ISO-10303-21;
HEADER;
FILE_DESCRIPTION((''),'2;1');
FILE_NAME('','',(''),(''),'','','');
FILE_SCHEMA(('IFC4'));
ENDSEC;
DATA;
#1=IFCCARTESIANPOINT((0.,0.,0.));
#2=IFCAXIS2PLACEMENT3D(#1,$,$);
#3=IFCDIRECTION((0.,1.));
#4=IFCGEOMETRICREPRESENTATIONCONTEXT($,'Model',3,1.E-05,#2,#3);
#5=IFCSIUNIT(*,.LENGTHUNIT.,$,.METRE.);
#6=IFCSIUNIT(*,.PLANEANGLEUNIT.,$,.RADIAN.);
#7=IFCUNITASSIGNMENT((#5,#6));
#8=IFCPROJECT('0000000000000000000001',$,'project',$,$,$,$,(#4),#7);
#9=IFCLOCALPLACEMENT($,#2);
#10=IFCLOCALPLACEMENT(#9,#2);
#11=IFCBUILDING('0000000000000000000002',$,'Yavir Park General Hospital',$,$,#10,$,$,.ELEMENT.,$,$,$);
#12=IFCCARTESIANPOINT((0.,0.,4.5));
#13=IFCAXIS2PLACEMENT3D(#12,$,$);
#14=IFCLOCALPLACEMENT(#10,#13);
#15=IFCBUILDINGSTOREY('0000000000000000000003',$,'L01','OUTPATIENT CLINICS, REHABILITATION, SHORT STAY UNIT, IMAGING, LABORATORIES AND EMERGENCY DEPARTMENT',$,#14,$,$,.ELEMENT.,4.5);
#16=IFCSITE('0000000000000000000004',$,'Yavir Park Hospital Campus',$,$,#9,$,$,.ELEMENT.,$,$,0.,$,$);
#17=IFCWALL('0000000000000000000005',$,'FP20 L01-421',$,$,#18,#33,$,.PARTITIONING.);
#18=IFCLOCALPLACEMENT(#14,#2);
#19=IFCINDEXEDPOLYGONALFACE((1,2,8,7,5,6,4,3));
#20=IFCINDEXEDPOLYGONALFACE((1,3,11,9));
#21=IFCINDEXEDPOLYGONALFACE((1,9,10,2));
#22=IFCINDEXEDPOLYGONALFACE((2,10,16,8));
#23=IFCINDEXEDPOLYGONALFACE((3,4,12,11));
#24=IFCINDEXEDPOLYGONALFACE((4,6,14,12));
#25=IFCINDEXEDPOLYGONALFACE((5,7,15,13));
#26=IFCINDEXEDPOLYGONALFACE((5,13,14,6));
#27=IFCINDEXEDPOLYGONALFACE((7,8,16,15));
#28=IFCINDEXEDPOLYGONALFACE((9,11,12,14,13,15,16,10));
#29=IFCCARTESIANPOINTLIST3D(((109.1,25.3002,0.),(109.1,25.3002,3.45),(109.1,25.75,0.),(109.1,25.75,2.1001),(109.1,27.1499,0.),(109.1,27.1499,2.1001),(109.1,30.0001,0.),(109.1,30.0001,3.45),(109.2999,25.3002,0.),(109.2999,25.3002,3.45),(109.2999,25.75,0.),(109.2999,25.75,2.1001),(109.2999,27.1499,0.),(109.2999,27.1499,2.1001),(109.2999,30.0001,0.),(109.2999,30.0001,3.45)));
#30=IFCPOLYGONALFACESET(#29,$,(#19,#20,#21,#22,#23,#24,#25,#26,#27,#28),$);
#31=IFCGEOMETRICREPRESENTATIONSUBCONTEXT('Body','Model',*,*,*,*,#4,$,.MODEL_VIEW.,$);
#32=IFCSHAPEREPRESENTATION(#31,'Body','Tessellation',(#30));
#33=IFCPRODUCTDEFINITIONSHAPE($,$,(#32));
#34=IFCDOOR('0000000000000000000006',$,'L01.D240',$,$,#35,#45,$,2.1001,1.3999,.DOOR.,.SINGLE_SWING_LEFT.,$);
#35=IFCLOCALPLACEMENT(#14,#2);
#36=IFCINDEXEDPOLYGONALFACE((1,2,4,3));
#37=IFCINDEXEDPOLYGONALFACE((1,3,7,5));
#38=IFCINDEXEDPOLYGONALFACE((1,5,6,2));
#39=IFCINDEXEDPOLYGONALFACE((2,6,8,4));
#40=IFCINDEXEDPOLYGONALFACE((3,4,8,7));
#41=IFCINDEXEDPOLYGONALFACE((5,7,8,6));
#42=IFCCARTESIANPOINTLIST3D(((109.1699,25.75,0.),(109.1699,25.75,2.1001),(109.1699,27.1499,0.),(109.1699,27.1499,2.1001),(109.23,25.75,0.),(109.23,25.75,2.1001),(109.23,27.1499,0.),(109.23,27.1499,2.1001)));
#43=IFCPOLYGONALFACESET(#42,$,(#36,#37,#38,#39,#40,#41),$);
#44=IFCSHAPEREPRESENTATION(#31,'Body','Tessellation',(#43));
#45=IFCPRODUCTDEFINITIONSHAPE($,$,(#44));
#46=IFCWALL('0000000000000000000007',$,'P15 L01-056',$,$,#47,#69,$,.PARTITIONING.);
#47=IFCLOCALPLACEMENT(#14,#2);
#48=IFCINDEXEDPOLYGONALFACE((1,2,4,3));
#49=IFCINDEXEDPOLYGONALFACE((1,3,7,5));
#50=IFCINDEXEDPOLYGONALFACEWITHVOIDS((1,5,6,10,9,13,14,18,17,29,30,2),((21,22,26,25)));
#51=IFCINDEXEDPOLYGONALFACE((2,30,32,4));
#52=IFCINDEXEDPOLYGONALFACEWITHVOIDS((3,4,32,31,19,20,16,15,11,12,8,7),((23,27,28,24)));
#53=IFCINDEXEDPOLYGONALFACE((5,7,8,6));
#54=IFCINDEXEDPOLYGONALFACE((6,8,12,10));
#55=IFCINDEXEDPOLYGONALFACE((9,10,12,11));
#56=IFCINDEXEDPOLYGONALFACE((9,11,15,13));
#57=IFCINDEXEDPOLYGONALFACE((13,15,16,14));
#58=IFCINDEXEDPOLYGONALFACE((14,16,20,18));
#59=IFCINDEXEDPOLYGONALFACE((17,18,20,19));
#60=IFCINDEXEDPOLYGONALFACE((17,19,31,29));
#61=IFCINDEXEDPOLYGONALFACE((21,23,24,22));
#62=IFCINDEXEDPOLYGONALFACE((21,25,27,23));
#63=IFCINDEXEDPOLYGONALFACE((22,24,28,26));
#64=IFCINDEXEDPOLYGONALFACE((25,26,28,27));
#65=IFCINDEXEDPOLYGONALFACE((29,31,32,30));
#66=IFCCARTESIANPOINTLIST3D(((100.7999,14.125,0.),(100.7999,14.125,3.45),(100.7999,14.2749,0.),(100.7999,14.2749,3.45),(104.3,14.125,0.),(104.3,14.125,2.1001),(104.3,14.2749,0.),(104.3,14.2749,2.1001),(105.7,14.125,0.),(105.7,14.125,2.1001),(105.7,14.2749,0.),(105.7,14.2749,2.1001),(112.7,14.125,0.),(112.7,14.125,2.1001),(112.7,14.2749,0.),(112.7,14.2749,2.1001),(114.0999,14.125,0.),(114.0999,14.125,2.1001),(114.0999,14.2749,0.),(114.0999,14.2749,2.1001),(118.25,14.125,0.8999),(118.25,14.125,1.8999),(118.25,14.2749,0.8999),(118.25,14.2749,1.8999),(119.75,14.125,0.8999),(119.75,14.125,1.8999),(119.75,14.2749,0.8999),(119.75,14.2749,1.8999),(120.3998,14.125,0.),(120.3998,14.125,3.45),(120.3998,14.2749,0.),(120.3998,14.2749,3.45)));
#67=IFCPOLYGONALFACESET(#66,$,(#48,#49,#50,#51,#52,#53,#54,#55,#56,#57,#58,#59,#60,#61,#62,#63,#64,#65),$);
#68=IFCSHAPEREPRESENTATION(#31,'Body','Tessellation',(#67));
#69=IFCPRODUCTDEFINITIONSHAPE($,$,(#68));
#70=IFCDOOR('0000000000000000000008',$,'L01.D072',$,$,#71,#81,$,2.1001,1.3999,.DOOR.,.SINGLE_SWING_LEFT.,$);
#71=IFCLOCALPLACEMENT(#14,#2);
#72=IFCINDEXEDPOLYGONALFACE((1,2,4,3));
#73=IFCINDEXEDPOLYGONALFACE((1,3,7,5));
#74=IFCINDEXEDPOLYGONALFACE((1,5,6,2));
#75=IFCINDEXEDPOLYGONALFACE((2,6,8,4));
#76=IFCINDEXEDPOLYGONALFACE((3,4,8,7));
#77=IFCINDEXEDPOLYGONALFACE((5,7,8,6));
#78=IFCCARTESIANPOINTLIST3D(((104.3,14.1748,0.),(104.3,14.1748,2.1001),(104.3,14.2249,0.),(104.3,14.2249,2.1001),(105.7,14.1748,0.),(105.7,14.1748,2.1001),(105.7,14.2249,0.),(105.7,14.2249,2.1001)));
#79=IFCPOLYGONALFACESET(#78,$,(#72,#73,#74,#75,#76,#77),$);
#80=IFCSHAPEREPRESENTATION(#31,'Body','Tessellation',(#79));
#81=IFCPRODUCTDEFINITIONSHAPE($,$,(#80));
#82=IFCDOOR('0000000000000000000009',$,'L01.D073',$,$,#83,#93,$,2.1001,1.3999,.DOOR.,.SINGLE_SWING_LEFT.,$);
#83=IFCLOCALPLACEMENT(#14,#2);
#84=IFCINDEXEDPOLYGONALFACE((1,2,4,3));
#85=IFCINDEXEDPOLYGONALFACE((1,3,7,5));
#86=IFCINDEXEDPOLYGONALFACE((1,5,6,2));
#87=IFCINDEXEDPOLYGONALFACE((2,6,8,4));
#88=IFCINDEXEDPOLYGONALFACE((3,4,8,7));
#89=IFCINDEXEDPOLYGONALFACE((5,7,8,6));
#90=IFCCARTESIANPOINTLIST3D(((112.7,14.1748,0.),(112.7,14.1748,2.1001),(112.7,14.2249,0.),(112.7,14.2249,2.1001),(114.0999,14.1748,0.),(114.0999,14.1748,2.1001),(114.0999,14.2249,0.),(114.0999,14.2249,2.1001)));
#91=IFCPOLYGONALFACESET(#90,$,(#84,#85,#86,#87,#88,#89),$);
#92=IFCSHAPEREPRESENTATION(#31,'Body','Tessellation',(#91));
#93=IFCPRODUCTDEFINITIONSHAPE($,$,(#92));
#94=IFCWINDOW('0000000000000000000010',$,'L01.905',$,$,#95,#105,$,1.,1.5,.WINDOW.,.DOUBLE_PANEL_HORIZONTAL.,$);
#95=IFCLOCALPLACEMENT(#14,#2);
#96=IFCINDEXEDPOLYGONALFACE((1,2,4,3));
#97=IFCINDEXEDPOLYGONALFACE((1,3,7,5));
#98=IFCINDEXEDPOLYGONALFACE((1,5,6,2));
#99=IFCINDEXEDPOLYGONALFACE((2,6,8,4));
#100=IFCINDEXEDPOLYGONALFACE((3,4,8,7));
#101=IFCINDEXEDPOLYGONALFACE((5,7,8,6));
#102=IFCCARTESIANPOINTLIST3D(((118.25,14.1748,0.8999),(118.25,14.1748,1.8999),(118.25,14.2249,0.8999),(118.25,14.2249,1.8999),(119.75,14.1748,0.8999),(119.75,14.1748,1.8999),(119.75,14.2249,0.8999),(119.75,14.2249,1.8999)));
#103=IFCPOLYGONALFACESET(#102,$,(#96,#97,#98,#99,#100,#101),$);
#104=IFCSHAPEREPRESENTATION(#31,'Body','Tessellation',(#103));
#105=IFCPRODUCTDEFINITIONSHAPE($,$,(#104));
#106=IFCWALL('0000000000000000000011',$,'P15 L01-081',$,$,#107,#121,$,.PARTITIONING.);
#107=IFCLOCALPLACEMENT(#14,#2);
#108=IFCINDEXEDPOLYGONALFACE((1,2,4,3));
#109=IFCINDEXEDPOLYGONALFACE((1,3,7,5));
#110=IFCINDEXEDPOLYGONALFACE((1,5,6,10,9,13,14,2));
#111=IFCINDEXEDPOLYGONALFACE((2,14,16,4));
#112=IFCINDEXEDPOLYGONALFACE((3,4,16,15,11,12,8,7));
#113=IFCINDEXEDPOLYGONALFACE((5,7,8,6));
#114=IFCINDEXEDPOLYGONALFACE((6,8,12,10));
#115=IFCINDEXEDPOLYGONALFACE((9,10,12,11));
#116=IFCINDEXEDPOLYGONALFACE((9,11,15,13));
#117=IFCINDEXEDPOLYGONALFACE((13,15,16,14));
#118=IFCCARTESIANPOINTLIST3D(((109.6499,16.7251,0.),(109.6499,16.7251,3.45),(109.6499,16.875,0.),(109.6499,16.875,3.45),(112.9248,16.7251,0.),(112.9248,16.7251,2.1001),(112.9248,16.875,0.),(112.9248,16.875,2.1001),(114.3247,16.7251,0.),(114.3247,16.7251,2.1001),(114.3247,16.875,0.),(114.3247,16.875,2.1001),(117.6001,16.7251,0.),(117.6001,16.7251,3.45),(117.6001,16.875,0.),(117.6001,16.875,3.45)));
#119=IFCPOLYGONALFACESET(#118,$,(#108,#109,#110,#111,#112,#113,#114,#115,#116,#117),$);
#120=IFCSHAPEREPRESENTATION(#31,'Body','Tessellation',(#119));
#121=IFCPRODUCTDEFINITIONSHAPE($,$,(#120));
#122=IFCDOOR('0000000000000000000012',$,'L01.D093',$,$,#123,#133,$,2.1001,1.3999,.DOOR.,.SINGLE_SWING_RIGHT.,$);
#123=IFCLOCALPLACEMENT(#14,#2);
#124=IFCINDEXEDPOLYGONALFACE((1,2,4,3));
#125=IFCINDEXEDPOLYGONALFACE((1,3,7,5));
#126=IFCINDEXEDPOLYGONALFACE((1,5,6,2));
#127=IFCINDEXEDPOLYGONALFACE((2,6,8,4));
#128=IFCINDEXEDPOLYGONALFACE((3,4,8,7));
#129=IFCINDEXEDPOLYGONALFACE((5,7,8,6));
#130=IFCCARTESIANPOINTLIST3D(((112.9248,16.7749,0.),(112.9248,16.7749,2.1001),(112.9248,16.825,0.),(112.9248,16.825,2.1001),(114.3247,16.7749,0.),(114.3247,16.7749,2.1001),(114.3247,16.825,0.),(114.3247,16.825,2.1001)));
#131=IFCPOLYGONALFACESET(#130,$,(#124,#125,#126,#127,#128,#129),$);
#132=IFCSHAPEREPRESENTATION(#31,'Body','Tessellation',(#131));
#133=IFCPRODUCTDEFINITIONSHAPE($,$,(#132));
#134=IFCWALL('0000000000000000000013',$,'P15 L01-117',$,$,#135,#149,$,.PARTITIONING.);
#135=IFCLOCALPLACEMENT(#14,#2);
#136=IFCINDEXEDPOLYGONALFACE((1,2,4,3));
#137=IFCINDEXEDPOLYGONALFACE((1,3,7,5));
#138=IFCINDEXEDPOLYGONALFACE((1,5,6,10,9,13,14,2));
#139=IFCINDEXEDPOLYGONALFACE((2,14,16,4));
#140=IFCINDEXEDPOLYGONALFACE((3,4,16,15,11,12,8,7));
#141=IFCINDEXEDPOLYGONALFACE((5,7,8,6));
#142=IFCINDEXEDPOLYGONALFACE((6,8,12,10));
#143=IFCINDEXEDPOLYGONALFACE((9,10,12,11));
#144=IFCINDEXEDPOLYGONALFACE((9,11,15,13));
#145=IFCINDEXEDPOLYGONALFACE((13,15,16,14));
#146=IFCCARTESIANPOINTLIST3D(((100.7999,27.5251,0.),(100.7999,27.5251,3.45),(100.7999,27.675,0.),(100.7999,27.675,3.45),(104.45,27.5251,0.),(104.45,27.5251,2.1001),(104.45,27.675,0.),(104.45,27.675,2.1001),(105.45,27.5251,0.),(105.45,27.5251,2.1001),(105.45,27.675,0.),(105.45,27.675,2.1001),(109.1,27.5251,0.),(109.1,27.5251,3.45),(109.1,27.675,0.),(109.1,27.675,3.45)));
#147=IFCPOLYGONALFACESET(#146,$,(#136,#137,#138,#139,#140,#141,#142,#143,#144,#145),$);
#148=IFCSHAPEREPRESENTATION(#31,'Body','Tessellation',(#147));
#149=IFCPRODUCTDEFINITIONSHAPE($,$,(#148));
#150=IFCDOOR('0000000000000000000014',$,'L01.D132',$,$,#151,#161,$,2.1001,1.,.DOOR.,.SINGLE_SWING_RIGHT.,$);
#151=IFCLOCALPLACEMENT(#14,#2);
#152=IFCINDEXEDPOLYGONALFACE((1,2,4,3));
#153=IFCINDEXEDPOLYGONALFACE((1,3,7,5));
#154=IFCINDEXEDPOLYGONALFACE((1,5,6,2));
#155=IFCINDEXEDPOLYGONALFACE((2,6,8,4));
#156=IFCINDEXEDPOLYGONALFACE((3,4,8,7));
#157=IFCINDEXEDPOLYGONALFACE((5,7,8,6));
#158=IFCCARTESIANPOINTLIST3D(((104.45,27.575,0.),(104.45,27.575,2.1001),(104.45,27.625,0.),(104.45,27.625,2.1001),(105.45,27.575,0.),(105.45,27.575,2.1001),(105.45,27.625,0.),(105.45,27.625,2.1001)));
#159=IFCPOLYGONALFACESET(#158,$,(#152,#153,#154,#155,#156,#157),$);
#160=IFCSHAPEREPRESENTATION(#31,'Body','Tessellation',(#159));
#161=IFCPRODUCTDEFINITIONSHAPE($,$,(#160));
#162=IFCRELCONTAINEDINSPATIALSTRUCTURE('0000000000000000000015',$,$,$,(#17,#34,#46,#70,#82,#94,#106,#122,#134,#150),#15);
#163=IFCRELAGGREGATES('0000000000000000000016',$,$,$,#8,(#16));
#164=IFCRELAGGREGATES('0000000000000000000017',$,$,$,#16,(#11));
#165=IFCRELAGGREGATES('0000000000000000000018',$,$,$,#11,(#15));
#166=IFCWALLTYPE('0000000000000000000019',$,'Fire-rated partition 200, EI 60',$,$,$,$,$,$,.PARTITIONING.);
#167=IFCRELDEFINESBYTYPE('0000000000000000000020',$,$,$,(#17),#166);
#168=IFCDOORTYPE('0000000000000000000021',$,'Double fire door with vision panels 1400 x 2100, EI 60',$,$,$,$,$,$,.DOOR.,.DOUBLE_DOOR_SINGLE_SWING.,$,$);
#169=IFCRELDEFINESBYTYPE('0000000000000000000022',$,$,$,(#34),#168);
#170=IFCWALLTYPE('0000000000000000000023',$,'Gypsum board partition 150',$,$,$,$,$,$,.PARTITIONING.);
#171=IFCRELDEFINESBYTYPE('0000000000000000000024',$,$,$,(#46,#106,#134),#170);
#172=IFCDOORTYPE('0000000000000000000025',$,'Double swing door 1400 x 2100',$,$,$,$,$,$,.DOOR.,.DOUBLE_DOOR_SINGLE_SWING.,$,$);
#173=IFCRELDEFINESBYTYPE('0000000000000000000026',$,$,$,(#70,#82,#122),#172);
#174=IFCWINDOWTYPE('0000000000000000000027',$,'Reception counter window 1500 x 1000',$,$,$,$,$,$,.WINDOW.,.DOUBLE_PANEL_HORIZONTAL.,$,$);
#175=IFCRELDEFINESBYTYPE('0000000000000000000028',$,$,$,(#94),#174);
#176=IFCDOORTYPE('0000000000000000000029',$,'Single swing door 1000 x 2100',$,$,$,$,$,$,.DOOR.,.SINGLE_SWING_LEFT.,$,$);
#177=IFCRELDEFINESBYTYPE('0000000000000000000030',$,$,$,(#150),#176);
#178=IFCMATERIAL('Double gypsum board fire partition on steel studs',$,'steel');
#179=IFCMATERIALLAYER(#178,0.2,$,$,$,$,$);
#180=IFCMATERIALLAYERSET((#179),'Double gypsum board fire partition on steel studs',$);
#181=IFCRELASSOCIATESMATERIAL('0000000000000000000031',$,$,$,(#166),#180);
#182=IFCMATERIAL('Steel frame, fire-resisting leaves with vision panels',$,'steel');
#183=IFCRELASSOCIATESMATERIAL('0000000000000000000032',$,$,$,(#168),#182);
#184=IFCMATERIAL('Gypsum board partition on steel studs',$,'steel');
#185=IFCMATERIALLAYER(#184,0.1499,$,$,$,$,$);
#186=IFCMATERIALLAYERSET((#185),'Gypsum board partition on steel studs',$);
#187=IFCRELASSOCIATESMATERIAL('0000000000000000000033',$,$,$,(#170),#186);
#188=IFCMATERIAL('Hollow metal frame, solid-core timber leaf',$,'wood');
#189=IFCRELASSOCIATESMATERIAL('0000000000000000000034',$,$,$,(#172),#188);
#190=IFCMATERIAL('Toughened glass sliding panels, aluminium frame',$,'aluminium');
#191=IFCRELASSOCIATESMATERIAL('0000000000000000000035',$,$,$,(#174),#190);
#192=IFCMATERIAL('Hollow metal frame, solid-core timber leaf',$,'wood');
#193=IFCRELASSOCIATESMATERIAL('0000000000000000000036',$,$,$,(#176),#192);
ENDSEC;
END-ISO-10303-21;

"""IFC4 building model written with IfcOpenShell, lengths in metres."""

from ifc_helpers import new_model, si_unit, direction, frame, frame_2d, origin, place, context, subcontext, project, spatial, rectangle, extrude, material, layer, layer_set, type_object, element, fill, save


model = new_model("IFC4")

# Units and contexts
model_context = context("Model", 3, precision=1e-05, world=origin(), true_north=direction((0.0, 1.0)))
body_context = subcontext(model_context, "Body", "Model", "MODEL_VIEW")
ifc_project = project(units=[si_unit("LENGTHUNIT", "METRE"), si_unit("PLANEANGLEUNIT", "RADIAN")], contexts=[model_context])

# Site, building, storey
site_placement = place(None, origin())
site = spatial("IfcSite", under=ifc_project, at=site_placement, Name="Yavir Park Hospital Campus", CompositionType="ELEMENT", RefElevation=0.0)
building_placement = place(site_placement, origin())
building = spatial("IfcBuilding", under=site, at=building_placement, Name="Yavir Park General Hospital", CompositionType="ELEMENT")
storey_placement = place(building_placement, frame((0.0, 0.0, 4.5)))
storey = spatial("IfcBuildingStorey", under=building, at=storey_placement, Name="L01", Description="OUTPATIENT CLINICS, REHABILITATION, SHORT STAY UNIT, IMAGING, LABORATORIES AND EMERGENCY DEPARTMENT", CompositionType="ELEMENT", Elevation=4.5)

# Wall, opening, door
ifc_material_1 = material(Name="Double gypsum board fire partition on steel studs", Category="steel")
ifc_layer_1 = layer(ifc_material_1, 0.2)
ifc_layer_set_1 = layer_set([ifc_layer_1], Name="Double gypsum board fire partition on steel studs")
wall_type_1 = type_object("IfcWallType", Name="Fire-rated partition 200, EI 60", PredefinedType="PARTITIONING", material=ifc_layer_set_1)
wall_1_placement = place(storey_placement, frame((109.2, 25.3, 0.0), z_axis=(0.0, 0.0, 1.0), x_axis=(0.0, 1.0, 0.0)))
wall_1 = element("IfcWall", 1, at=wall_1_placement, inside=storey, type_object=wall_type_1, Name="FP20 L01-421", PredefinedType="PARTITIONING", context=body_context, shape_type="SweptSolid", body=[
    extrude(rectangle(XDim=4.7, YDim=0.2, at=frame_2d((2.3501, 0.0))), origin(), (0.0, 0.0, 1.0), 3.45),
])
opening_1_placement = place(wall_1_placement, frame((0.45, 0.0, 0.0)))
opening_1 = element("IfcOpeningElement", 2, at=opening_1_placement, cuts=wall_1, PredefinedType="OPENING", context=body_context, shape_type="SweptSolid", body=[
    extrude(rectangle(XDim=1.3999, YDim=2.1001, at=frame_2d((0.7, 1.05))), frame((0.0, 0.1099, 0.0), z_axis=(0.0, -1.0, 0.0), x_axis=(1.0, 0.0, 0.0)), (0.0, 0.0, 1.0), 0.22),
])
ifc_material_2 = material(Name="Steel frame, fire-resisting leaves with vision panels", Category="steel")
door_type_1 = type_object("IfcDoorType", Name="Double fire door with vision panels 1400 x 2100, EI 60", OperationType="DOUBLE_DOOR_SINGLE_SWING", PredefinedType="DOOR", material=ifc_material_2)
door_1_placement = place(opening_1_placement, origin())
door_1 = element("IfcDoor", 3, at=door_1_placement, inside=storey, type_object=door_type_1, Name="L01.D240", OperationType="SINGLE_SWING_LEFT", OverallHeight=2.1001, OverallWidth=1.3999, PredefinedType="DOOR", context=body_context, shape_type="SweptSolid", body=[
    extrude(rectangle(XDim=1.3999, YDim=2.1001, at=frame_2d((0.7, 1.05))), frame((0.0, 0.03, 0.0), z_axis=(0.0, -1.0, 0.0), x_axis=(1.0, 0.0, 0.0)), (0.0, 0.0, 1.0), 0.0601),
])
fill(opening_1, door_1)

# Wall, openings, doors, window
ifc_material_3 = material(Name="Gypsum board partition on steel studs", Category="steel")
ifc_layer_2 = layer(ifc_material_3, 0.1499)
ifc_layer_set_2 = layer_set([ifc_layer_2], Name="Gypsum board partition on steel studs")
wall_type_2 = type_object("IfcWallType", Name="Gypsum board partition 150", PredefinedType="PARTITIONING", material=ifc_layer_set_2)
wall_2_placement = place(storey_placement, frame((100.8, 14.2, 0.0), z_axis=(0.0, 0.0, 1.0), x_axis=(1.0, 0.0, 0.0)))
wall_2 = element("IfcWall", 4, at=wall_2_placement, inside=storey, type_object=wall_type_2, Name="P15 L01-056", PredefinedType="PARTITIONING", context=body_context, shape_type="SweptSolid", body=[
    extrude(rectangle(XDim=19.5999, YDim=0.1499, at=frame_2d((9.7998, 0.0))), origin(), (0.0, 0.0, 1.0), 3.45),
])
opening_2_placement = place(wall_2_placement, frame((3.5, 0.0, 0.0)))
opening_2 = element("IfcOpeningElement", 5, at=opening_2_placement, cuts=wall_2, PredefinedType="OPENING", context=body_context, shape_type="SweptSolid", body=[
    extrude(rectangle(XDim=1.3999, YDim=2.1001, at=frame_2d((0.7, 1.05))), frame((0.0, 0.085, 0.0), z_axis=(0.0, -1.0, 0.0), x_axis=(1.0, 0.0, 0.0)), (0.0, 0.0, 1.0), 0.1699),
])
opening_3_placement = place(wall_2_placement, frame((11.8999, 0.0, 0.0)))
opening_3 = element("IfcOpeningElement", 6, at=opening_3_placement, cuts=wall_2, PredefinedType="OPENING", context=body_context, shape_type="SweptSolid", body=[
    extrude(rectangle(XDim=1.3999, YDim=2.1001, at=frame_2d((0.7, 1.05))), frame((0.0, 0.085, 0.0), z_axis=(0.0, -1.0, 0.0), x_axis=(1.0, 0.0, 0.0)), (0.0, 0.0, 1.0), 0.1699),
])
opening_4_placement = place(wall_2_placement, frame((17.45, 0.0, 0.8999)))
opening_4 = element("IfcOpeningElement", 7, at=opening_4_placement, cuts=wall_2, PredefinedType="OPENING", context=body_context, shape_type="SweptSolid", body=[
    extrude(rectangle(XDim=1.5, YDim=1.0, at=frame_2d((0.75, 0.5))), frame((0.0, 0.085, 0.0), z_axis=(0.0, -1.0, 0.0), x_axis=(1.0, 0.0, 0.0)), (0.0, 0.0, 1.0), 0.1699),
])
ifc_material_4 = material(Name="Hollow metal frame, solid-core timber leaf", Category="wood")
door_type_2 = type_object("IfcDoorType", Name="Double swing door 1400 x 2100", OperationType="DOUBLE_DOOR_SINGLE_SWING", PredefinedType="DOOR", material=ifc_material_4)
door_2_placement = place(opening_2_placement, origin())
door_2 = element("IfcDoor", 8, at=door_2_placement, inside=storey, type_object=door_type_2, Name="L01.D072", OperationType="SINGLE_SWING_LEFT", OverallHeight=2.1001, OverallWidth=1.3999, PredefinedType="DOOR", context=body_context, shape_type="SweptSolid", body=[
    extrude(rectangle(XDim=1.3999, YDim=2.1001, at=frame_2d((0.7, 1.05))), frame((0.0, 0.0249, 0.0), z_axis=(0.0, -1.0, 0.0), x_axis=(1.0, 0.0, 0.0)), (0.0, 0.0, 1.0), 0.05),
])
fill(opening_2, door_2)
door_3_placement = place(opening_3_placement, origin())
door_3 = element("IfcDoor", 9, at=door_3_placement, inside=storey, type_object=door_type_2, Name="L01.D073", OperationType="SINGLE_SWING_LEFT", OverallHeight=2.1001, OverallWidth=1.3999, PredefinedType="DOOR", context=body_context, shape_type="SweptSolid", body=[
    extrude(rectangle(XDim=1.3999, YDim=2.1001, at=frame_2d((0.7, 1.05))), frame((0.0, 0.0249, 0.0), z_axis=(0.0, -1.0, 0.0), x_axis=(1.0, 0.0, 0.0)), (0.0, 0.0, 1.0), 0.05),
])
fill(opening_3, door_3)
ifc_material_5 = material(Name="Toughened glass sliding panels, aluminium frame", Category="aluminium")
window_type = type_object("IfcWindowType", Name="Reception counter window 1500 x 1000", PartitioningType="DOUBLE_PANEL_HORIZONTAL", PredefinedType="WINDOW", material=ifc_material_5)
window_placement = place(opening_4_placement, origin())
window = element("IfcWindow", 10, at=window_placement, inside=storey, type_object=window_type, Name="L01.905", OverallHeight=1.0, OverallWidth=1.5, PartitioningType="DOUBLE_PANEL_HORIZONTAL", PredefinedType="WINDOW", context=body_context, shape_type="SweptSolid", body=[
    extrude(rectangle(XDim=1.5, YDim=1.0, at=frame_2d((0.75, 0.5))), frame((0.0, 0.0249, 0.0), z_axis=(0.0, -1.0, 0.0), x_axis=(1.0, 0.0, 0.0)), (0.0, 0.0, 1.0), 0.05),
])
fill(opening_4, window)

# Walls, openings, doors
wall_3_placement = place(storey_placement, frame((109.6499, 16.8, 0.0), z_axis=(0.0, 0.0, 1.0), x_axis=(1.0, 0.0, 0.0)))
wall_3 = element("IfcWall", 11, at=wall_3_placement, inside=storey, type_object=wall_type_2, Name="P15 L01-081", PredefinedType="PARTITIONING", context=body_context, shape_type="SweptSolid", body=[
    extrude(rectangle(XDim=7.9502, YDim=0.1499, at=frame_2d((3.9751, 0.0))), origin(), (0.0, 0.0, 1.0), 3.45),
])
opening_5_placement = place(wall_3_placement, frame((3.2749, 0.0, 0.0)))
opening_5 = element("IfcOpeningElement", 12, at=opening_5_placement, cuts=wall_3, PredefinedType="OPENING", context=body_context, shape_type="SweptSolid", body=[
    extrude(rectangle(XDim=1.3999, YDim=2.1001, at=frame_2d((0.7, 1.05))), frame((0.0, 0.085, 0.0), z_axis=(0.0, -1.0, 0.0), x_axis=(1.0, 0.0, 0.0)), (0.0, 0.0, 1.0), 0.1699),
])
door_4_placement = place(opening_5_placement, origin())
door_4 = element("IfcDoor", 13, at=door_4_placement, inside=storey, type_object=door_type_2, Name="L01.D093", OperationType="SINGLE_SWING_RIGHT", OverallHeight=2.1001, OverallWidth=1.3999, PredefinedType="DOOR", context=body_context, shape_type="SweptSolid", body=[
    extrude(rectangle(XDim=1.3999, YDim=2.1001, at=frame_2d((0.7, 1.05))), frame((0.0, 0.0249, 0.0), z_axis=(0.0, -1.0, 0.0), x_axis=(1.0, 0.0, 0.0)), (0.0, 0.0, 1.0), 0.05),
])
fill(opening_5, door_4)
wall_4_placement = place(storey_placement, frame((100.8, 27.6001, 0.0), z_axis=(0.0, 0.0, 1.0), x_axis=(1.0, 0.0, 0.0)))
wall_4 = element("IfcWall", 14, at=wall_4_placement, inside=storey, type_object=wall_type_2, Name="P15 L01-117", PredefinedType="PARTITIONING", context=body_context, shape_type="SweptSolid", body=[
    extrude(rectangle(XDim=8.3, YDim=0.1499, at=frame_2d((4.1499, 0.0))), origin(), (0.0, 0.0, 1.0), 3.45),
])
opening_6_placement = place(wall_4_placement, frame((3.6499, 0.0, 0.0)))
opening_6 = element("IfcOpeningElement", 15, at=opening_6_placement, cuts=wall_4, PredefinedType="OPENING", context=body_context, shape_type="SweptSolid", body=[
    extrude(rectangle(XDim=1.0, YDim=2.1001, at=frame_2d((0.5, 1.05))), frame((0.0, 0.085, 0.0), z_axis=(0.0, -1.0, 0.0), x_axis=(1.0, 0.0, 0.0)), (0.0, 0.0, 1.0), 0.1699),
])
ifc_material_6 = material(Name="Hollow metal frame, solid-core timber leaf", Category="wood")
door_type_3 = type_object("IfcDoorType", Name="Single swing door 1000 x 2100", OperationType="SINGLE_SWING_LEFT", PredefinedType="DOOR", material=ifc_material_6)
door_5_placement = place(opening_6_placement, origin())
door_5 = element("IfcDoor", 16, at=door_5_placement, inside=storey, type_object=door_type_3, Name="L01.D132", OperationType="SINGLE_SWING_RIGHT", OverallHeight=2.1001, OverallWidth=1.0, PredefinedType="DOOR", context=body_context, shape_type="SweptSolid", body=[
    extrude(rectangle(XDim=1.0, YDim=2.1001, at=frame_2d((0.5, 1.05))), frame((0.0, 0.0249, 0.0), z_axis=(0.0, -1.0, 0.0), x_axis=(1.0, 0.0, 0.0)), (0.0, 0.0, 1.0), 0.05),
])
fill(opening_6, door_5)

save(model, "model.ifc")
